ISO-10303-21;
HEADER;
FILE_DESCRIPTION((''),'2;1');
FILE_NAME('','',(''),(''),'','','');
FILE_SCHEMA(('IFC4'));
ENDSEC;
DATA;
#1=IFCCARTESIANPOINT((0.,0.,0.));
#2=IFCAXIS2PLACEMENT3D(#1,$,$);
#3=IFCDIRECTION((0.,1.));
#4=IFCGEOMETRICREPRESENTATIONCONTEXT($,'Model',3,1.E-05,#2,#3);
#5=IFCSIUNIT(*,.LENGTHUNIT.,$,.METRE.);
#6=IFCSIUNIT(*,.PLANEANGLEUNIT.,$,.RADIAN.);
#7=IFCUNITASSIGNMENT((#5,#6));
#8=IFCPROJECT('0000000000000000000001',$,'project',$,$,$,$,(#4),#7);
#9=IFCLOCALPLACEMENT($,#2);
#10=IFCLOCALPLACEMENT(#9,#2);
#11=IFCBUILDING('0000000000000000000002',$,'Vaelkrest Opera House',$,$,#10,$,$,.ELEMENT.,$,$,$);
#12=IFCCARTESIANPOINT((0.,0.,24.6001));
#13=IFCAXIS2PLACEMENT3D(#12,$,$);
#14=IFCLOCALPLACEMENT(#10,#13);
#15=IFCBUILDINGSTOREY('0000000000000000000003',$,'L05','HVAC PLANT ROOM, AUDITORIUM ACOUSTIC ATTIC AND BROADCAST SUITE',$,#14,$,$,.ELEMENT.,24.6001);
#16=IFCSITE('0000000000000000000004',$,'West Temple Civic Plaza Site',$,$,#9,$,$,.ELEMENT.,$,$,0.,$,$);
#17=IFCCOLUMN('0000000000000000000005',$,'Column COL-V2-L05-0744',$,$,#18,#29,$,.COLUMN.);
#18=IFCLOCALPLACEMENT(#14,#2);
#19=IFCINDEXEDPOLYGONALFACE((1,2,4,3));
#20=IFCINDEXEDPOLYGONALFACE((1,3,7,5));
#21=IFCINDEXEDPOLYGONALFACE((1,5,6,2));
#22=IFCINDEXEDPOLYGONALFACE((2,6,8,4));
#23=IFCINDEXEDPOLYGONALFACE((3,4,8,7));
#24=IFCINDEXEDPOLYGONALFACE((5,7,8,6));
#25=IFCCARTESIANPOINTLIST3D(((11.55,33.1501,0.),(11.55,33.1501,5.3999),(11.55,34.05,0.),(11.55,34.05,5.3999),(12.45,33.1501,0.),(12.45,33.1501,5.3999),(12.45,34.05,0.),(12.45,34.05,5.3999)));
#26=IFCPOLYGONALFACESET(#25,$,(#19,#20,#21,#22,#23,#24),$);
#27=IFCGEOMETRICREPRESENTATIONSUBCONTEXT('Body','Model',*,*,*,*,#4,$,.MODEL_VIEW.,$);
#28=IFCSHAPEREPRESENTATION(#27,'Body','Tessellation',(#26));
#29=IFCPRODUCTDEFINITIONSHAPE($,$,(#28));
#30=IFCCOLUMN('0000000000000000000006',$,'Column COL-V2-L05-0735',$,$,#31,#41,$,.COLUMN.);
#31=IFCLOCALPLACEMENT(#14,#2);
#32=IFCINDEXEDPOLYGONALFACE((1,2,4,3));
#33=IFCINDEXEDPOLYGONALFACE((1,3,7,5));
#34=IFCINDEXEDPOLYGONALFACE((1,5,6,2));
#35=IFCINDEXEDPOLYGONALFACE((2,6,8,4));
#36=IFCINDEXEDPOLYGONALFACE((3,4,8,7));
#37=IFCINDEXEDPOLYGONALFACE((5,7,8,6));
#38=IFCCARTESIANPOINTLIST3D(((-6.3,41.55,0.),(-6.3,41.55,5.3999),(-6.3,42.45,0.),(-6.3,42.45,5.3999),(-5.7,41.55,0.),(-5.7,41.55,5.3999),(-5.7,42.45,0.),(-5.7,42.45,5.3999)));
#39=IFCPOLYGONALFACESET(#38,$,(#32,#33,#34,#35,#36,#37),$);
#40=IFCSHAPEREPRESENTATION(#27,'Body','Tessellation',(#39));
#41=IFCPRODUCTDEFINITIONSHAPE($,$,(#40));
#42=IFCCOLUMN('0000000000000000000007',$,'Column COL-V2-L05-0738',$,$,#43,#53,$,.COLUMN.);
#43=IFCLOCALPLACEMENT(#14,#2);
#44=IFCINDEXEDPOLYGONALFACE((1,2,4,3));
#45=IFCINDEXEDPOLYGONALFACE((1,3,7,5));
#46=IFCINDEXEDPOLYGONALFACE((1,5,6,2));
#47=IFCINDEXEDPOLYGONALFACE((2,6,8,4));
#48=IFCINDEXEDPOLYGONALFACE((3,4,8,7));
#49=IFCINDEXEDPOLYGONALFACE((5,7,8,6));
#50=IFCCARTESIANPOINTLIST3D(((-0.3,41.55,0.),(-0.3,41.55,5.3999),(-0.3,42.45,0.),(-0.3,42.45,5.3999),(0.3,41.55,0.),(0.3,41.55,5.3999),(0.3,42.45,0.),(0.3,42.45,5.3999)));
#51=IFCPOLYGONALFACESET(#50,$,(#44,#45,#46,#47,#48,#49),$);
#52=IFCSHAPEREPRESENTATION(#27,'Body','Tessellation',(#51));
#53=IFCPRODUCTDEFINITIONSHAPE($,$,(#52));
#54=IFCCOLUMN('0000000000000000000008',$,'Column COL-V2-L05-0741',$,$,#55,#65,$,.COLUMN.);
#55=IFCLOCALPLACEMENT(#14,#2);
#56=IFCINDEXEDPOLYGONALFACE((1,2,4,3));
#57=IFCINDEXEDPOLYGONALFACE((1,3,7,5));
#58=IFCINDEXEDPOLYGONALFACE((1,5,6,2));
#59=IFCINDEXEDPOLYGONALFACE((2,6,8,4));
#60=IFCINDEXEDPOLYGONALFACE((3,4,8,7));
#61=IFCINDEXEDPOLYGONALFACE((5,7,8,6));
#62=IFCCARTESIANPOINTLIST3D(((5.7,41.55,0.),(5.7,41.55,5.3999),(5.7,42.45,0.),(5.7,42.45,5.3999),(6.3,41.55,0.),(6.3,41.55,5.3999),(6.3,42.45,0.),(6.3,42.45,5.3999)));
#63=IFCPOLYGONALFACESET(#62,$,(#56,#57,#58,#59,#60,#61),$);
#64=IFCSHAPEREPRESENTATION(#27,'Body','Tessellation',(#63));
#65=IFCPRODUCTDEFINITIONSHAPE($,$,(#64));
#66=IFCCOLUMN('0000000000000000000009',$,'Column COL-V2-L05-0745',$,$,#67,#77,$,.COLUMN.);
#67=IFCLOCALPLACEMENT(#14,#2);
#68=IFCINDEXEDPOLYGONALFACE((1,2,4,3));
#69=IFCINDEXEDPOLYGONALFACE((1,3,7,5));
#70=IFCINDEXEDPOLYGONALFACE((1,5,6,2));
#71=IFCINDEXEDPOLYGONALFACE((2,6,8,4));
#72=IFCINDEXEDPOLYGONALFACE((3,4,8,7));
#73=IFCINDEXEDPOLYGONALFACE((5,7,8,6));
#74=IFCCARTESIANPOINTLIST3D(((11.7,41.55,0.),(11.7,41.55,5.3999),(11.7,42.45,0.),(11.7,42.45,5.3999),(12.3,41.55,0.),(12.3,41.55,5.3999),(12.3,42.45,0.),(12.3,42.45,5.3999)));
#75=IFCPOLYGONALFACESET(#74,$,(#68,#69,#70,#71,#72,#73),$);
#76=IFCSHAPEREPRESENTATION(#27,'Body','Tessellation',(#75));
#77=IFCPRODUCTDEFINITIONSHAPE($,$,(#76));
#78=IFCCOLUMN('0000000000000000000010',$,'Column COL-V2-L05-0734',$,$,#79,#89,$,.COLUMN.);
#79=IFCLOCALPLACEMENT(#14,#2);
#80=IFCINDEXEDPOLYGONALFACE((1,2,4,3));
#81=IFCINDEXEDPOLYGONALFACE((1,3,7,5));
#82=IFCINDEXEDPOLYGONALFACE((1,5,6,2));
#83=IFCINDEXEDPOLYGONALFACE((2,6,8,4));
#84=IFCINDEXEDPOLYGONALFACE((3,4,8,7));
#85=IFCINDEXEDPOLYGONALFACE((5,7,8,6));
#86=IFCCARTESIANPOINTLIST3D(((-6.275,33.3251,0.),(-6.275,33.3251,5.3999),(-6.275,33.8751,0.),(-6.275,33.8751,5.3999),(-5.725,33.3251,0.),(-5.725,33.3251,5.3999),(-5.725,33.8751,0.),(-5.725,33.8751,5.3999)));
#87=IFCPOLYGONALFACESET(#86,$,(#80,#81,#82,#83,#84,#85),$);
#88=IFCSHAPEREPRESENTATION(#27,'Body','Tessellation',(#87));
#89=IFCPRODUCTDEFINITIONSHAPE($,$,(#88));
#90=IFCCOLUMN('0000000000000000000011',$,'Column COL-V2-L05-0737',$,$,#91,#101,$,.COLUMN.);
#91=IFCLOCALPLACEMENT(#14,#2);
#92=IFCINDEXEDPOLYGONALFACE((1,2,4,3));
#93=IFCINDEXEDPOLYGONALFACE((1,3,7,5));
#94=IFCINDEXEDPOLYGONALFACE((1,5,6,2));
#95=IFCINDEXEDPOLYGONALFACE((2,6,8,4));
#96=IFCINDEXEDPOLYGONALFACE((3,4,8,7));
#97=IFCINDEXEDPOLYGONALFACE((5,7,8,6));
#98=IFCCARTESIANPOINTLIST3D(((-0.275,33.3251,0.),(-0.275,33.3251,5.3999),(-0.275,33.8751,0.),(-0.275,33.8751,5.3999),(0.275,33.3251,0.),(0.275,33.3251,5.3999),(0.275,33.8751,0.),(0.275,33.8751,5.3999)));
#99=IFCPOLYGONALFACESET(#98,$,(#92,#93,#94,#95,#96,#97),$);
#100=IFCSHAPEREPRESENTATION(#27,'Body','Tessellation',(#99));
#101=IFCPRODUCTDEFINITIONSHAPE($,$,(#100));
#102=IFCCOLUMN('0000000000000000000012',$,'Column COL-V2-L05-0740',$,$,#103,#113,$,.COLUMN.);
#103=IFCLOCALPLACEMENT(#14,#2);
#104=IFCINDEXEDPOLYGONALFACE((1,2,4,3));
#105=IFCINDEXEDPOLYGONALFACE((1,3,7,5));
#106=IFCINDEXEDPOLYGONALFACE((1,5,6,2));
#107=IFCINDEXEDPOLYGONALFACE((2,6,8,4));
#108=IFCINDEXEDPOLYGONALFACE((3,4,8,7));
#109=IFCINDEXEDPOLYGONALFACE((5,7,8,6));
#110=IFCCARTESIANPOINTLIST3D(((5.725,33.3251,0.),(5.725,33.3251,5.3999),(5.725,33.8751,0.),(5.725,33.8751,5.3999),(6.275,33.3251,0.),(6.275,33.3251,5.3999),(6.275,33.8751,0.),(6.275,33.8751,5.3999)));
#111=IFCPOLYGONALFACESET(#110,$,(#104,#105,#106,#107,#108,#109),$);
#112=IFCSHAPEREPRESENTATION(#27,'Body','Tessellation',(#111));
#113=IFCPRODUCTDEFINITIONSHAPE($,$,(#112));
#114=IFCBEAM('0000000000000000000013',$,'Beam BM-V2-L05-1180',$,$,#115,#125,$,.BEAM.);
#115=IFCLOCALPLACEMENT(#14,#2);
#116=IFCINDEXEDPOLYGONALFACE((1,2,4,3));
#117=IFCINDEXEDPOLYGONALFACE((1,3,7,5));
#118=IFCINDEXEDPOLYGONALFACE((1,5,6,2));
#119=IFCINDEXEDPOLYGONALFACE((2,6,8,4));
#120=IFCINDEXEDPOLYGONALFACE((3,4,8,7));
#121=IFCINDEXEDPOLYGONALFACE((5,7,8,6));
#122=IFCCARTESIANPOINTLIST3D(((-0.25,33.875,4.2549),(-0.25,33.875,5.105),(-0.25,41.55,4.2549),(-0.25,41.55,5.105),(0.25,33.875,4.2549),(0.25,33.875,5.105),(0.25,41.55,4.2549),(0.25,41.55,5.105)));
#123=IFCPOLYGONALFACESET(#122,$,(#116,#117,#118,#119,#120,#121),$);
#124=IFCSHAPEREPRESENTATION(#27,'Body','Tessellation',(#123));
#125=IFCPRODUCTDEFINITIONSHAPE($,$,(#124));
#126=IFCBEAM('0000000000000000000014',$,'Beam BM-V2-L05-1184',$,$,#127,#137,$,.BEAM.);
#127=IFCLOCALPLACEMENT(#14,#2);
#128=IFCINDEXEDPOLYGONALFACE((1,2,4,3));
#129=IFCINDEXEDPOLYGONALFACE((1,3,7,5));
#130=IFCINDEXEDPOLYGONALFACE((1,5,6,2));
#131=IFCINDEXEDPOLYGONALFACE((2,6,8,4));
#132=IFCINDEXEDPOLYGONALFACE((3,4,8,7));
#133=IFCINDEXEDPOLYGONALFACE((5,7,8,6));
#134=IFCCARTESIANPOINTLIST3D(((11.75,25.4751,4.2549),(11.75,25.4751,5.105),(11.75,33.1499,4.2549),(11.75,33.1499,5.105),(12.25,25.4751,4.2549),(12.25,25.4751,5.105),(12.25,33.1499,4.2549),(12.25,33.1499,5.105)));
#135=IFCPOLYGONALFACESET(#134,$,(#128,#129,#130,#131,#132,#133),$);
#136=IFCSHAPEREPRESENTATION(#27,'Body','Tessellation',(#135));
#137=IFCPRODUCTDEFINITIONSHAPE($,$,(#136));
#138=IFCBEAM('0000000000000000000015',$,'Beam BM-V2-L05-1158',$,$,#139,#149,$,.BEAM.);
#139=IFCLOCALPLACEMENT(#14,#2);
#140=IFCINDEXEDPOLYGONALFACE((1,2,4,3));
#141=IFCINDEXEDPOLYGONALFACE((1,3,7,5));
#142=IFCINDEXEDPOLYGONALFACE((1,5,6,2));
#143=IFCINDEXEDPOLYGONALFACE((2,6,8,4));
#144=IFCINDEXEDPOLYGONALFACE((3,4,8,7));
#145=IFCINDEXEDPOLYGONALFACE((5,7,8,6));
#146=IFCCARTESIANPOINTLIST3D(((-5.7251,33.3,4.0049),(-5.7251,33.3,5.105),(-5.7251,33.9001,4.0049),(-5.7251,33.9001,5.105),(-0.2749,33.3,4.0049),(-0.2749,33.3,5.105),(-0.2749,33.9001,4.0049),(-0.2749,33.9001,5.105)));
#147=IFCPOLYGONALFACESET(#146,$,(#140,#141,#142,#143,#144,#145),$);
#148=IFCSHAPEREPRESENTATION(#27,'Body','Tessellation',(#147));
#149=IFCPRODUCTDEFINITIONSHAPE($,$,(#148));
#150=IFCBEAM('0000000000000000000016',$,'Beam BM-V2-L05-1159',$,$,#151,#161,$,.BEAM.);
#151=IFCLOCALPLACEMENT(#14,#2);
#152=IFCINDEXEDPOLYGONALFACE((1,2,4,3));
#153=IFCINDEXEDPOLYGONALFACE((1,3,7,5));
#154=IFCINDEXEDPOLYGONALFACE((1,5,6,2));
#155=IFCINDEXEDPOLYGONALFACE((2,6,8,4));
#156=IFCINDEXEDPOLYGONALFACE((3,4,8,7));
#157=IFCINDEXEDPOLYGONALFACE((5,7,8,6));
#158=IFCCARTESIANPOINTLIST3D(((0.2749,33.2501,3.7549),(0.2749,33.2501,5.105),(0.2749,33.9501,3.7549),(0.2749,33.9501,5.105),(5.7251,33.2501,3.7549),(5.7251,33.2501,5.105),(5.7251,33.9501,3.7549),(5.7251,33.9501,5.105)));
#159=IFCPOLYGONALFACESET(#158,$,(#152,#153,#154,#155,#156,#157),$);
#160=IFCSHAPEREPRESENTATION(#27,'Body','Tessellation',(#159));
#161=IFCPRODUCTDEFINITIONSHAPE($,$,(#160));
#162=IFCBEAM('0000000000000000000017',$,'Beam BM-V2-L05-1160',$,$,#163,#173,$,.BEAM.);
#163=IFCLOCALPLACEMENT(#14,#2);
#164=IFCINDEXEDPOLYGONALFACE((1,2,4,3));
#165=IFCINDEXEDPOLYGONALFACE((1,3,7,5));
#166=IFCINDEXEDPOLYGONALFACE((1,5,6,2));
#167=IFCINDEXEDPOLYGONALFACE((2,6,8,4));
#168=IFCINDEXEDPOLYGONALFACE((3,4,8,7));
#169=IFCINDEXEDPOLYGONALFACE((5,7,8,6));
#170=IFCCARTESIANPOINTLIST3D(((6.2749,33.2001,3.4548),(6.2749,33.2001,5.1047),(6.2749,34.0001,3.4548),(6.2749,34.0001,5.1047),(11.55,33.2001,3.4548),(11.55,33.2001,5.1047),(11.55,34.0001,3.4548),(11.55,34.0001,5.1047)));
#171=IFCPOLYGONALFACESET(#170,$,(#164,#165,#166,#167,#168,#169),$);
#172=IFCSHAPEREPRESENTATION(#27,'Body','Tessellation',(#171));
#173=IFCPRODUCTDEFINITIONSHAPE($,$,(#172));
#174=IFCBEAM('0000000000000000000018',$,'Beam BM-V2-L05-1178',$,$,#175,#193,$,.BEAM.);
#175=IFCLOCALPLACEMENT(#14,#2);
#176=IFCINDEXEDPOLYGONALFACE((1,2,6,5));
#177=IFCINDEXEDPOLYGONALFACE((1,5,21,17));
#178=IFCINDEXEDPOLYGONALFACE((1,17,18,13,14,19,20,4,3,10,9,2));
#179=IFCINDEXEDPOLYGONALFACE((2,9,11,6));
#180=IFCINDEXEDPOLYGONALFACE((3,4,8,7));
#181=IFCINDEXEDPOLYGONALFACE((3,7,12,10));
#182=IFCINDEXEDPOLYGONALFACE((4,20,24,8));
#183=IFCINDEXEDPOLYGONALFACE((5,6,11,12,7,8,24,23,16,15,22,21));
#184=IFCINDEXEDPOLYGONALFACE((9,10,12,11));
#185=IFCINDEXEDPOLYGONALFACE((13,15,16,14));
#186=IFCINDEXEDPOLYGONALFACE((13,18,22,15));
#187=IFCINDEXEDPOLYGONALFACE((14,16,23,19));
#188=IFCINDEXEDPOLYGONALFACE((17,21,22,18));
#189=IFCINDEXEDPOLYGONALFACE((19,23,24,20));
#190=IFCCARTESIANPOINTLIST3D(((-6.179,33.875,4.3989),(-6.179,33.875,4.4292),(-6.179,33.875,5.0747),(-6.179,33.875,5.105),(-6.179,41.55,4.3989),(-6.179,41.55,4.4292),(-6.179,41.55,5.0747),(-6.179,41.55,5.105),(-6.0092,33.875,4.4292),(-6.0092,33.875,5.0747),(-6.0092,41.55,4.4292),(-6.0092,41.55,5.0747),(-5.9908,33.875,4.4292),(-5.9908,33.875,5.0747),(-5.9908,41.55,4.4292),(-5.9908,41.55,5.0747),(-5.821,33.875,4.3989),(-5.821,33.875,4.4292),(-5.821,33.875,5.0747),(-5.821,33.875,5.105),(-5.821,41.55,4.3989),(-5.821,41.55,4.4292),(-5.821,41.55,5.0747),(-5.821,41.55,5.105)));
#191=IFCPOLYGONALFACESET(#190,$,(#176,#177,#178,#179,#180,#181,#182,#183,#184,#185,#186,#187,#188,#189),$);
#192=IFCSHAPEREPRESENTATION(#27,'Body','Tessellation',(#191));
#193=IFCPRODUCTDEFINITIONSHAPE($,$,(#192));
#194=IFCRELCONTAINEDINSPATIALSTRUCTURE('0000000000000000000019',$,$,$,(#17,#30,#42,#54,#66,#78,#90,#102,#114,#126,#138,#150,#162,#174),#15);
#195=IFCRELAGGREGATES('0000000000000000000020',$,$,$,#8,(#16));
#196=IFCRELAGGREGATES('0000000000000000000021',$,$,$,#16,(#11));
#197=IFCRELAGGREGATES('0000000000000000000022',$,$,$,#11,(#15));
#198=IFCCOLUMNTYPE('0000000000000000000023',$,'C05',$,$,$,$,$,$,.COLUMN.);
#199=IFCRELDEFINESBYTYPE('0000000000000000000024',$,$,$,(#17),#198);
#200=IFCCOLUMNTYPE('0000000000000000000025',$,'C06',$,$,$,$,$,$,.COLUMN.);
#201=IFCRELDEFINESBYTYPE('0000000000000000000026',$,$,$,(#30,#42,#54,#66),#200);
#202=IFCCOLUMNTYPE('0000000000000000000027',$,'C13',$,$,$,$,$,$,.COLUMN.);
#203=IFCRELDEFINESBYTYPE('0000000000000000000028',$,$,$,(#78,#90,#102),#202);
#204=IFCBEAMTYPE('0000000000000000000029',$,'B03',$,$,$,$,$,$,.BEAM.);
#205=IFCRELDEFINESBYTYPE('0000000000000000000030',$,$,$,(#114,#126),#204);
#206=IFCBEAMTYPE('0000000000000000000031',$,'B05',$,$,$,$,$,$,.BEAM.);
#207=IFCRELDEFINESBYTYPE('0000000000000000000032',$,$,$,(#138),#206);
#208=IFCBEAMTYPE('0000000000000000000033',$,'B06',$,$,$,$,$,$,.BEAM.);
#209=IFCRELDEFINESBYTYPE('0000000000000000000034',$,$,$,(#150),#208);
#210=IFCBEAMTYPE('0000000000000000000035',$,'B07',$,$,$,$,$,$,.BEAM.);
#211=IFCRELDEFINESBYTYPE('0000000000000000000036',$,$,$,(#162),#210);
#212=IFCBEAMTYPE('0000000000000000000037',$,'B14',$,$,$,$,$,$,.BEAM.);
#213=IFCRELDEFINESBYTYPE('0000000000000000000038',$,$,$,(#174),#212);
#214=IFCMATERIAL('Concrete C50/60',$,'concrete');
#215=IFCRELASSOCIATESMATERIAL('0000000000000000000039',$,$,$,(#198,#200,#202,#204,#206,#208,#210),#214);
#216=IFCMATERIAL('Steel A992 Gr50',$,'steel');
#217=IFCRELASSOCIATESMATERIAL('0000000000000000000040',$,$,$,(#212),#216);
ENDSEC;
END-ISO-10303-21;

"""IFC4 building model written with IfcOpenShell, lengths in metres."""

from ifc_helpers import new_model, si_unit, direction, frame, origin, origin_2d, place, context, subcontext, project, spatial, rectangle, i_section, extrude, material, material_profile, profile_set, type_object, element, save


model = new_model("IFC4")

# Units and contexts
model_context = context("Model", 3, precision=1e-05, world=origin(), true_north=direction((0.0, 1.0)))
body_context = subcontext(model_context, "Body", "Model", "MODEL_VIEW")
ifc_project = project(units=[si_unit("LENGTHUNIT", "METRE"), si_unit("PLANEANGLEUNIT", "RADIAN")], contexts=[model_context])

# Site, building, storey
site_placement = place(None, origin())
site = spatial("IfcSite", under=ifc_project, at=site_placement, Name="West Temple Civic Plaza Site", CompositionType="ELEMENT", RefElevation=0.0)
building_placement = place(site_placement, origin())
building = spatial("IfcBuilding", under=site, at=building_placement, Name="Vaelkrest Opera House", CompositionType="ELEMENT")
storey_placement = place(building_placement, frame((0.0, 0.0, 24.6001)))
storey = spatial("IfcBuildingStorey", under=building, at=storey_placement, Name="L05", Description="HVAC PLANT ROOM, AUDITORIUM ACOUSTIC ATTIC AND BROADCAST SUITE", CompositionType="ELEMENT", Elevation=24.6001)

# Columns
ifc_material_1 = material(Name="Concrete C50/60", Category="concrete")
ifc_material_profile_1 = material_profile(ifc_material_1, rectangle(XDim=0.8999, YDim=0.8999, at=origin_2d()), Name="RC900X900")
ifc_profile_set_1 = profile_set([ifc_material_profile_1], Name="Concrete C50/60")
column_type_1 = type_object("IfcColumnType", Name="C05", PredefinedType="COLUMN", material=ifc_profile_set_1)
column_placement = place(storey_placement, frame((12.0, 33.6001, 0.0), z_axis=(0.0, 0.0, 1.0), x_axis=(1.0, 0.0, 0.0)))
element("IfcColumn", 1, at=column_placement, inside=storey, type_object=column_type_1, Name="Column COL-V2-L05-0744", PredefinedType="COLUMN", context=body_context, shape_type="SweptSolid", body=[
    extrude(rectangle(XDim=0.8999, YDim=0.8999, at=origin_2d()), origin(), (0.0, 0.0, 1.0), 5.3999),
])
ifc_material_profile_2 = material_profile(ifc_material_1, rectangle(XDim=0.6001, YDim=0.8999, at=origin_2d()), Name="RC600X900")
ifc_profile_set_2 = profile_set([ifc_material_profile_2], Name="Concrete C50/60")
column_type_2 = type_object("IfcColumnType", Name="C06", PredefinedType="COLUMN", material=ifc_profile_set_2)
for number, where, z_axis, x_axis, name in (
    (2, (-6.0, 42.0, 0.0), (0.0, 0.0, 1.0), (1.0, 0.0, 0.0), "Column COL-V2-L05-0735"),
    (3, (0.0, 42.0, 0.0), (0.0, 0.0, 1.0), (1.0, 0.0, 0.0), "Column COL-V2-L05-0738"),
    (4, (6.0, 42.0, 0.0), (0.0, 0.0, 1.0), (1.0, 0.0, 0.0), "Column COL-V2-L05-0741"),
    (5, (12.0, 42.0, 0.0), (0.0, 0.0, 1.0), (1.0, 0.0, 0.0), "Column COL-V2-L05-0745"),
):
    element("IfcColumn", number, at=place(storey_placement, frame(where, z_axis=z_axis, x_axis=x_axis)), inside=storey, type_object=column_type_2, Name=name, PredefinedType="COLUMN", context=body_context, shape_type="SweptSolid", body=[
        extrude(rectangle(XDim=0.6001, YDim=0.8999, at=origin_2d()), origin(), (0.0, 0.0, 1.0), 5.3999),
    ])
ifc_material_profile_3 = material_profile(ifc_material_1, rectangle(XDim=0.55, YDim=0.55, at=origin_2d()), Name="RC550X550")
ifc_profile_set_3 = profile_set([ifc_material_profile_3], Name="Concrete C50/60")
column_type_3 = type_object("IfcColumnType", Name="C13", PredefinedType="COLUMN", material=ifc_profile_set_3)
for number, where, z_axis, x_axis, name in (
    (6, (-6.0, 33.6001, 0.0), (0.0, 0.0, 1.0), (1.0, 0.0, 0.0), "Column COL-V2-L05-0734"),
    (7, (0.0, 33.6001, 0.0), (0.0, 0.0, 1.0), (1.0, 0.0, 0.0), "Column COL-V2-L05-0737"),
    (8, (6.0, 33.6001, 0.0), (0.0, 0.0, 1.0), (1.0, 0.0, 0.0), "Column COL-V2-L05-0740"),
):
    element("IfcColumn", number, at=place(storey_placement, frame(where, z_axis=z_axis, x_axis=x_axis)), inside=storey, type_object=column_type_3, Name=name, PredefinedType="COLUMN", context=body_context, shape_type="SweptSolid", body=[
        extrude(rectangle(XDim=0.55, YDim=0.55, at=origin_2d()), origin(), (0.0, 0.0, 1.0), 5.3999),
    ])

# Beams
ifc_material_profile_4 = material_profile(ifc_material_1, rectangle(XDim=0.5, YDim=0.8501, at=origin_2d()), Name="RCB500X850")
ifc_profile_set_4 = profile_set([ifc_material_profile_4], Name="Concrete C50/60")
beam_type_1 = type_object("IfcBeamType", Name="B03", PredefinedType="BEAM", material=ifc_profile_set_4)
beam_1_placement = place(storey_placement, frame((0.0, 33.875, 4.6799), z_axis=(0.0, 1.0, 0.0), x_axis=(-1.0, 0.0, 0.0)))
element("IfcBeam", 9, at=beam_1_placement, inside=storey, type_object=beam_type_1, Name="Beam BM-V2-L05-1180", PredefinedType="BEAM", context=body_context, shape_type="SweptSolid", body=[
    extrude(rectangle(XDim=0.5, YDim=0.8501, at=origin_2d()), origin(), (0.0, 0.0, 1.0), 7.675),
])
beam_2_placement = place(storey_placement, frame((12.0, 25.4751, 4.6799), z_axis=(0.0, 1.0, 0.0), x_axis=(-1.0, 0.0, 0.0)))
element("IfcBeam", 10, at=beam_2_placement, inside=storey, type_object=beam_type_1, Name="Beam BM-V2-L05-1184", PredefinedType="BEAM", context=body_context, shape_type="SweptSolid", body=[
    extrude(rectangle(XDim=0.5, YDim=0.8501, at=origin_2d()), origin(), (0.0, 0.0, 1.0), 7.6748),
])
ifc_material_profile_5 = material_profile(ifc_material_1, rectangle(XDim=0.6001, YDim=1.1001, at=origin_2d()), Name="RCB600X1100")
ifc_profile_set_5 = profile_set([ifc_material_profile_5], Name="Concrete C50/60")
beam_type_2 = type_object("IfcBeamType", Name="B05", PredefinedType="BEAM", material=ifc_profile_set_5)
beam_3_placement = place(storey_placement, frame((-5.7251, 33.6001, 4.5549), z_axis=(1.0, 0.0, 0.0), x_axis=(0.0, 1.0, 0.0)))
element("IfcBeam", 11, at=beam_3_placement, inside=storey, type_object=beam_type_2, Name="Beam BM-V2-L05-1158", PredefinedType="BEAM", context=body_context, shape_type="SweptSolid", body=[
    extrude(rectangle(XDim=0.6001, YDim=1.1001, at=origin_2d()), origin(), (0.0, 0.0, 1.0), 5.4502),
])
ifc_material_profile_6 = material_profile(ifc_material_1, rectangle(XDim=0.7, YDim=1.3501, at=origin_2d()), Name="RCB700X1350")
ifc_profile_set_6 = profile_set([ifc_material_profile_6], Name="Concrete C50/60")
beam_type_3 = type_object("IfcBeamType", Name="B06", PredefinedType="BEAM", material=ifc_profile_set_6)
beam_4_placement = place(storey_placement, frame((0.2749, 33.6001, 4.4299), z_axis=(1.0, 0.0, 0.0), x_axis=(0.0, 1.0, 0.0)))
element("IfcBeam", 12, at=beam_4_placement, inside=storey, type_object=beam_type_3, Name="Beam BM-V2-L05-1159", PredefinedType="BEAM", context=body_context, shape_type="SweptSolid", body=[
    extrude(rectangle(XDim=0.7, YDim=1.3501, at=origin_2d()), origin(), (0.0, 0.0, 1.0), 5.4502),
])
ifc_material_profile_7 = material_profile(ifc_material_1, rectangle(XDim=0.8, YDim=1.6499, at=origin_2d()), Name="RCB800X1650")
ifc_profile_set_7 = profile_set([ifc_material_profile_7], Name="Concrete C50/60")
beam_type_4 = type_object("IfcBeamType", Name="B07", PredefinedType="BEAM", material=ifc_profile_set_7)
beam_5_placement = place(storey_placement, frame((6.2749, 33.6001, 4.2798), z_axis=(1.0, 0.0, 0.0), x_axis=(0.0, 1.0, 0.0)))
element("IfcBeam", 13, at=beam_5_placement, inside=storey, type_object=beam_type_4, Name="Beam BM-V2-L05-1160", PredefinedType="BEAM", context=body_context, shape_type="SweptSolid", body=[
    extrude(rectangle(XDim=0.8, YDim=1.6499, at=origin_2d()), origin(), (0.0, 0.0, 1.0), 5.2751),
])
ifc_material_2 = material(Name="Steel A992 Gr50", Category="steel")
ifc_material_profile_8 = material_profile(ifc_material_2, i_section(OverallWidth=0.3579, OverallDepth=0.7061, WebThickness=0.0183, FlangeThickness=0.0303, at=origin_2d()), Name="W27X178")
ifc_profile_set_8 = profile_set([ifc_material_profile_8], Name="Steel A992 Gr50")
beam_type_5 = type_object("IfcBeamType", Name="B14", PredefinedType="BEAM", material=ifc_profile_set_8)
for number, where, z_axis, x_axis, name in (
    (14, (-6.0, 33.875, 4.752), (0.0, 1.0, 0.0), (-1.0, 0.0, 0.0), "Beam BM-V2-L05-1178"),
):
    element("IfcBeam", number, at=place(storey_placement, frame(where, z_axis=z_axis, x_axis=x_axis)), inside=storey, type_object=beam_type_5, Name=name, PredefinedType="BEAM", context=body_context, shape_type="SweptSolid", body=[
        extrude(i_section(OverallWidth=0.3579, OverallDepth=0.7061, WebThickness=0.0183, FlangeThickness=0.0303, at=origin_2d()), origin(), (0.0, 0.0, 1.0), 7.675),
    ])

save(model, "model.ifc")
